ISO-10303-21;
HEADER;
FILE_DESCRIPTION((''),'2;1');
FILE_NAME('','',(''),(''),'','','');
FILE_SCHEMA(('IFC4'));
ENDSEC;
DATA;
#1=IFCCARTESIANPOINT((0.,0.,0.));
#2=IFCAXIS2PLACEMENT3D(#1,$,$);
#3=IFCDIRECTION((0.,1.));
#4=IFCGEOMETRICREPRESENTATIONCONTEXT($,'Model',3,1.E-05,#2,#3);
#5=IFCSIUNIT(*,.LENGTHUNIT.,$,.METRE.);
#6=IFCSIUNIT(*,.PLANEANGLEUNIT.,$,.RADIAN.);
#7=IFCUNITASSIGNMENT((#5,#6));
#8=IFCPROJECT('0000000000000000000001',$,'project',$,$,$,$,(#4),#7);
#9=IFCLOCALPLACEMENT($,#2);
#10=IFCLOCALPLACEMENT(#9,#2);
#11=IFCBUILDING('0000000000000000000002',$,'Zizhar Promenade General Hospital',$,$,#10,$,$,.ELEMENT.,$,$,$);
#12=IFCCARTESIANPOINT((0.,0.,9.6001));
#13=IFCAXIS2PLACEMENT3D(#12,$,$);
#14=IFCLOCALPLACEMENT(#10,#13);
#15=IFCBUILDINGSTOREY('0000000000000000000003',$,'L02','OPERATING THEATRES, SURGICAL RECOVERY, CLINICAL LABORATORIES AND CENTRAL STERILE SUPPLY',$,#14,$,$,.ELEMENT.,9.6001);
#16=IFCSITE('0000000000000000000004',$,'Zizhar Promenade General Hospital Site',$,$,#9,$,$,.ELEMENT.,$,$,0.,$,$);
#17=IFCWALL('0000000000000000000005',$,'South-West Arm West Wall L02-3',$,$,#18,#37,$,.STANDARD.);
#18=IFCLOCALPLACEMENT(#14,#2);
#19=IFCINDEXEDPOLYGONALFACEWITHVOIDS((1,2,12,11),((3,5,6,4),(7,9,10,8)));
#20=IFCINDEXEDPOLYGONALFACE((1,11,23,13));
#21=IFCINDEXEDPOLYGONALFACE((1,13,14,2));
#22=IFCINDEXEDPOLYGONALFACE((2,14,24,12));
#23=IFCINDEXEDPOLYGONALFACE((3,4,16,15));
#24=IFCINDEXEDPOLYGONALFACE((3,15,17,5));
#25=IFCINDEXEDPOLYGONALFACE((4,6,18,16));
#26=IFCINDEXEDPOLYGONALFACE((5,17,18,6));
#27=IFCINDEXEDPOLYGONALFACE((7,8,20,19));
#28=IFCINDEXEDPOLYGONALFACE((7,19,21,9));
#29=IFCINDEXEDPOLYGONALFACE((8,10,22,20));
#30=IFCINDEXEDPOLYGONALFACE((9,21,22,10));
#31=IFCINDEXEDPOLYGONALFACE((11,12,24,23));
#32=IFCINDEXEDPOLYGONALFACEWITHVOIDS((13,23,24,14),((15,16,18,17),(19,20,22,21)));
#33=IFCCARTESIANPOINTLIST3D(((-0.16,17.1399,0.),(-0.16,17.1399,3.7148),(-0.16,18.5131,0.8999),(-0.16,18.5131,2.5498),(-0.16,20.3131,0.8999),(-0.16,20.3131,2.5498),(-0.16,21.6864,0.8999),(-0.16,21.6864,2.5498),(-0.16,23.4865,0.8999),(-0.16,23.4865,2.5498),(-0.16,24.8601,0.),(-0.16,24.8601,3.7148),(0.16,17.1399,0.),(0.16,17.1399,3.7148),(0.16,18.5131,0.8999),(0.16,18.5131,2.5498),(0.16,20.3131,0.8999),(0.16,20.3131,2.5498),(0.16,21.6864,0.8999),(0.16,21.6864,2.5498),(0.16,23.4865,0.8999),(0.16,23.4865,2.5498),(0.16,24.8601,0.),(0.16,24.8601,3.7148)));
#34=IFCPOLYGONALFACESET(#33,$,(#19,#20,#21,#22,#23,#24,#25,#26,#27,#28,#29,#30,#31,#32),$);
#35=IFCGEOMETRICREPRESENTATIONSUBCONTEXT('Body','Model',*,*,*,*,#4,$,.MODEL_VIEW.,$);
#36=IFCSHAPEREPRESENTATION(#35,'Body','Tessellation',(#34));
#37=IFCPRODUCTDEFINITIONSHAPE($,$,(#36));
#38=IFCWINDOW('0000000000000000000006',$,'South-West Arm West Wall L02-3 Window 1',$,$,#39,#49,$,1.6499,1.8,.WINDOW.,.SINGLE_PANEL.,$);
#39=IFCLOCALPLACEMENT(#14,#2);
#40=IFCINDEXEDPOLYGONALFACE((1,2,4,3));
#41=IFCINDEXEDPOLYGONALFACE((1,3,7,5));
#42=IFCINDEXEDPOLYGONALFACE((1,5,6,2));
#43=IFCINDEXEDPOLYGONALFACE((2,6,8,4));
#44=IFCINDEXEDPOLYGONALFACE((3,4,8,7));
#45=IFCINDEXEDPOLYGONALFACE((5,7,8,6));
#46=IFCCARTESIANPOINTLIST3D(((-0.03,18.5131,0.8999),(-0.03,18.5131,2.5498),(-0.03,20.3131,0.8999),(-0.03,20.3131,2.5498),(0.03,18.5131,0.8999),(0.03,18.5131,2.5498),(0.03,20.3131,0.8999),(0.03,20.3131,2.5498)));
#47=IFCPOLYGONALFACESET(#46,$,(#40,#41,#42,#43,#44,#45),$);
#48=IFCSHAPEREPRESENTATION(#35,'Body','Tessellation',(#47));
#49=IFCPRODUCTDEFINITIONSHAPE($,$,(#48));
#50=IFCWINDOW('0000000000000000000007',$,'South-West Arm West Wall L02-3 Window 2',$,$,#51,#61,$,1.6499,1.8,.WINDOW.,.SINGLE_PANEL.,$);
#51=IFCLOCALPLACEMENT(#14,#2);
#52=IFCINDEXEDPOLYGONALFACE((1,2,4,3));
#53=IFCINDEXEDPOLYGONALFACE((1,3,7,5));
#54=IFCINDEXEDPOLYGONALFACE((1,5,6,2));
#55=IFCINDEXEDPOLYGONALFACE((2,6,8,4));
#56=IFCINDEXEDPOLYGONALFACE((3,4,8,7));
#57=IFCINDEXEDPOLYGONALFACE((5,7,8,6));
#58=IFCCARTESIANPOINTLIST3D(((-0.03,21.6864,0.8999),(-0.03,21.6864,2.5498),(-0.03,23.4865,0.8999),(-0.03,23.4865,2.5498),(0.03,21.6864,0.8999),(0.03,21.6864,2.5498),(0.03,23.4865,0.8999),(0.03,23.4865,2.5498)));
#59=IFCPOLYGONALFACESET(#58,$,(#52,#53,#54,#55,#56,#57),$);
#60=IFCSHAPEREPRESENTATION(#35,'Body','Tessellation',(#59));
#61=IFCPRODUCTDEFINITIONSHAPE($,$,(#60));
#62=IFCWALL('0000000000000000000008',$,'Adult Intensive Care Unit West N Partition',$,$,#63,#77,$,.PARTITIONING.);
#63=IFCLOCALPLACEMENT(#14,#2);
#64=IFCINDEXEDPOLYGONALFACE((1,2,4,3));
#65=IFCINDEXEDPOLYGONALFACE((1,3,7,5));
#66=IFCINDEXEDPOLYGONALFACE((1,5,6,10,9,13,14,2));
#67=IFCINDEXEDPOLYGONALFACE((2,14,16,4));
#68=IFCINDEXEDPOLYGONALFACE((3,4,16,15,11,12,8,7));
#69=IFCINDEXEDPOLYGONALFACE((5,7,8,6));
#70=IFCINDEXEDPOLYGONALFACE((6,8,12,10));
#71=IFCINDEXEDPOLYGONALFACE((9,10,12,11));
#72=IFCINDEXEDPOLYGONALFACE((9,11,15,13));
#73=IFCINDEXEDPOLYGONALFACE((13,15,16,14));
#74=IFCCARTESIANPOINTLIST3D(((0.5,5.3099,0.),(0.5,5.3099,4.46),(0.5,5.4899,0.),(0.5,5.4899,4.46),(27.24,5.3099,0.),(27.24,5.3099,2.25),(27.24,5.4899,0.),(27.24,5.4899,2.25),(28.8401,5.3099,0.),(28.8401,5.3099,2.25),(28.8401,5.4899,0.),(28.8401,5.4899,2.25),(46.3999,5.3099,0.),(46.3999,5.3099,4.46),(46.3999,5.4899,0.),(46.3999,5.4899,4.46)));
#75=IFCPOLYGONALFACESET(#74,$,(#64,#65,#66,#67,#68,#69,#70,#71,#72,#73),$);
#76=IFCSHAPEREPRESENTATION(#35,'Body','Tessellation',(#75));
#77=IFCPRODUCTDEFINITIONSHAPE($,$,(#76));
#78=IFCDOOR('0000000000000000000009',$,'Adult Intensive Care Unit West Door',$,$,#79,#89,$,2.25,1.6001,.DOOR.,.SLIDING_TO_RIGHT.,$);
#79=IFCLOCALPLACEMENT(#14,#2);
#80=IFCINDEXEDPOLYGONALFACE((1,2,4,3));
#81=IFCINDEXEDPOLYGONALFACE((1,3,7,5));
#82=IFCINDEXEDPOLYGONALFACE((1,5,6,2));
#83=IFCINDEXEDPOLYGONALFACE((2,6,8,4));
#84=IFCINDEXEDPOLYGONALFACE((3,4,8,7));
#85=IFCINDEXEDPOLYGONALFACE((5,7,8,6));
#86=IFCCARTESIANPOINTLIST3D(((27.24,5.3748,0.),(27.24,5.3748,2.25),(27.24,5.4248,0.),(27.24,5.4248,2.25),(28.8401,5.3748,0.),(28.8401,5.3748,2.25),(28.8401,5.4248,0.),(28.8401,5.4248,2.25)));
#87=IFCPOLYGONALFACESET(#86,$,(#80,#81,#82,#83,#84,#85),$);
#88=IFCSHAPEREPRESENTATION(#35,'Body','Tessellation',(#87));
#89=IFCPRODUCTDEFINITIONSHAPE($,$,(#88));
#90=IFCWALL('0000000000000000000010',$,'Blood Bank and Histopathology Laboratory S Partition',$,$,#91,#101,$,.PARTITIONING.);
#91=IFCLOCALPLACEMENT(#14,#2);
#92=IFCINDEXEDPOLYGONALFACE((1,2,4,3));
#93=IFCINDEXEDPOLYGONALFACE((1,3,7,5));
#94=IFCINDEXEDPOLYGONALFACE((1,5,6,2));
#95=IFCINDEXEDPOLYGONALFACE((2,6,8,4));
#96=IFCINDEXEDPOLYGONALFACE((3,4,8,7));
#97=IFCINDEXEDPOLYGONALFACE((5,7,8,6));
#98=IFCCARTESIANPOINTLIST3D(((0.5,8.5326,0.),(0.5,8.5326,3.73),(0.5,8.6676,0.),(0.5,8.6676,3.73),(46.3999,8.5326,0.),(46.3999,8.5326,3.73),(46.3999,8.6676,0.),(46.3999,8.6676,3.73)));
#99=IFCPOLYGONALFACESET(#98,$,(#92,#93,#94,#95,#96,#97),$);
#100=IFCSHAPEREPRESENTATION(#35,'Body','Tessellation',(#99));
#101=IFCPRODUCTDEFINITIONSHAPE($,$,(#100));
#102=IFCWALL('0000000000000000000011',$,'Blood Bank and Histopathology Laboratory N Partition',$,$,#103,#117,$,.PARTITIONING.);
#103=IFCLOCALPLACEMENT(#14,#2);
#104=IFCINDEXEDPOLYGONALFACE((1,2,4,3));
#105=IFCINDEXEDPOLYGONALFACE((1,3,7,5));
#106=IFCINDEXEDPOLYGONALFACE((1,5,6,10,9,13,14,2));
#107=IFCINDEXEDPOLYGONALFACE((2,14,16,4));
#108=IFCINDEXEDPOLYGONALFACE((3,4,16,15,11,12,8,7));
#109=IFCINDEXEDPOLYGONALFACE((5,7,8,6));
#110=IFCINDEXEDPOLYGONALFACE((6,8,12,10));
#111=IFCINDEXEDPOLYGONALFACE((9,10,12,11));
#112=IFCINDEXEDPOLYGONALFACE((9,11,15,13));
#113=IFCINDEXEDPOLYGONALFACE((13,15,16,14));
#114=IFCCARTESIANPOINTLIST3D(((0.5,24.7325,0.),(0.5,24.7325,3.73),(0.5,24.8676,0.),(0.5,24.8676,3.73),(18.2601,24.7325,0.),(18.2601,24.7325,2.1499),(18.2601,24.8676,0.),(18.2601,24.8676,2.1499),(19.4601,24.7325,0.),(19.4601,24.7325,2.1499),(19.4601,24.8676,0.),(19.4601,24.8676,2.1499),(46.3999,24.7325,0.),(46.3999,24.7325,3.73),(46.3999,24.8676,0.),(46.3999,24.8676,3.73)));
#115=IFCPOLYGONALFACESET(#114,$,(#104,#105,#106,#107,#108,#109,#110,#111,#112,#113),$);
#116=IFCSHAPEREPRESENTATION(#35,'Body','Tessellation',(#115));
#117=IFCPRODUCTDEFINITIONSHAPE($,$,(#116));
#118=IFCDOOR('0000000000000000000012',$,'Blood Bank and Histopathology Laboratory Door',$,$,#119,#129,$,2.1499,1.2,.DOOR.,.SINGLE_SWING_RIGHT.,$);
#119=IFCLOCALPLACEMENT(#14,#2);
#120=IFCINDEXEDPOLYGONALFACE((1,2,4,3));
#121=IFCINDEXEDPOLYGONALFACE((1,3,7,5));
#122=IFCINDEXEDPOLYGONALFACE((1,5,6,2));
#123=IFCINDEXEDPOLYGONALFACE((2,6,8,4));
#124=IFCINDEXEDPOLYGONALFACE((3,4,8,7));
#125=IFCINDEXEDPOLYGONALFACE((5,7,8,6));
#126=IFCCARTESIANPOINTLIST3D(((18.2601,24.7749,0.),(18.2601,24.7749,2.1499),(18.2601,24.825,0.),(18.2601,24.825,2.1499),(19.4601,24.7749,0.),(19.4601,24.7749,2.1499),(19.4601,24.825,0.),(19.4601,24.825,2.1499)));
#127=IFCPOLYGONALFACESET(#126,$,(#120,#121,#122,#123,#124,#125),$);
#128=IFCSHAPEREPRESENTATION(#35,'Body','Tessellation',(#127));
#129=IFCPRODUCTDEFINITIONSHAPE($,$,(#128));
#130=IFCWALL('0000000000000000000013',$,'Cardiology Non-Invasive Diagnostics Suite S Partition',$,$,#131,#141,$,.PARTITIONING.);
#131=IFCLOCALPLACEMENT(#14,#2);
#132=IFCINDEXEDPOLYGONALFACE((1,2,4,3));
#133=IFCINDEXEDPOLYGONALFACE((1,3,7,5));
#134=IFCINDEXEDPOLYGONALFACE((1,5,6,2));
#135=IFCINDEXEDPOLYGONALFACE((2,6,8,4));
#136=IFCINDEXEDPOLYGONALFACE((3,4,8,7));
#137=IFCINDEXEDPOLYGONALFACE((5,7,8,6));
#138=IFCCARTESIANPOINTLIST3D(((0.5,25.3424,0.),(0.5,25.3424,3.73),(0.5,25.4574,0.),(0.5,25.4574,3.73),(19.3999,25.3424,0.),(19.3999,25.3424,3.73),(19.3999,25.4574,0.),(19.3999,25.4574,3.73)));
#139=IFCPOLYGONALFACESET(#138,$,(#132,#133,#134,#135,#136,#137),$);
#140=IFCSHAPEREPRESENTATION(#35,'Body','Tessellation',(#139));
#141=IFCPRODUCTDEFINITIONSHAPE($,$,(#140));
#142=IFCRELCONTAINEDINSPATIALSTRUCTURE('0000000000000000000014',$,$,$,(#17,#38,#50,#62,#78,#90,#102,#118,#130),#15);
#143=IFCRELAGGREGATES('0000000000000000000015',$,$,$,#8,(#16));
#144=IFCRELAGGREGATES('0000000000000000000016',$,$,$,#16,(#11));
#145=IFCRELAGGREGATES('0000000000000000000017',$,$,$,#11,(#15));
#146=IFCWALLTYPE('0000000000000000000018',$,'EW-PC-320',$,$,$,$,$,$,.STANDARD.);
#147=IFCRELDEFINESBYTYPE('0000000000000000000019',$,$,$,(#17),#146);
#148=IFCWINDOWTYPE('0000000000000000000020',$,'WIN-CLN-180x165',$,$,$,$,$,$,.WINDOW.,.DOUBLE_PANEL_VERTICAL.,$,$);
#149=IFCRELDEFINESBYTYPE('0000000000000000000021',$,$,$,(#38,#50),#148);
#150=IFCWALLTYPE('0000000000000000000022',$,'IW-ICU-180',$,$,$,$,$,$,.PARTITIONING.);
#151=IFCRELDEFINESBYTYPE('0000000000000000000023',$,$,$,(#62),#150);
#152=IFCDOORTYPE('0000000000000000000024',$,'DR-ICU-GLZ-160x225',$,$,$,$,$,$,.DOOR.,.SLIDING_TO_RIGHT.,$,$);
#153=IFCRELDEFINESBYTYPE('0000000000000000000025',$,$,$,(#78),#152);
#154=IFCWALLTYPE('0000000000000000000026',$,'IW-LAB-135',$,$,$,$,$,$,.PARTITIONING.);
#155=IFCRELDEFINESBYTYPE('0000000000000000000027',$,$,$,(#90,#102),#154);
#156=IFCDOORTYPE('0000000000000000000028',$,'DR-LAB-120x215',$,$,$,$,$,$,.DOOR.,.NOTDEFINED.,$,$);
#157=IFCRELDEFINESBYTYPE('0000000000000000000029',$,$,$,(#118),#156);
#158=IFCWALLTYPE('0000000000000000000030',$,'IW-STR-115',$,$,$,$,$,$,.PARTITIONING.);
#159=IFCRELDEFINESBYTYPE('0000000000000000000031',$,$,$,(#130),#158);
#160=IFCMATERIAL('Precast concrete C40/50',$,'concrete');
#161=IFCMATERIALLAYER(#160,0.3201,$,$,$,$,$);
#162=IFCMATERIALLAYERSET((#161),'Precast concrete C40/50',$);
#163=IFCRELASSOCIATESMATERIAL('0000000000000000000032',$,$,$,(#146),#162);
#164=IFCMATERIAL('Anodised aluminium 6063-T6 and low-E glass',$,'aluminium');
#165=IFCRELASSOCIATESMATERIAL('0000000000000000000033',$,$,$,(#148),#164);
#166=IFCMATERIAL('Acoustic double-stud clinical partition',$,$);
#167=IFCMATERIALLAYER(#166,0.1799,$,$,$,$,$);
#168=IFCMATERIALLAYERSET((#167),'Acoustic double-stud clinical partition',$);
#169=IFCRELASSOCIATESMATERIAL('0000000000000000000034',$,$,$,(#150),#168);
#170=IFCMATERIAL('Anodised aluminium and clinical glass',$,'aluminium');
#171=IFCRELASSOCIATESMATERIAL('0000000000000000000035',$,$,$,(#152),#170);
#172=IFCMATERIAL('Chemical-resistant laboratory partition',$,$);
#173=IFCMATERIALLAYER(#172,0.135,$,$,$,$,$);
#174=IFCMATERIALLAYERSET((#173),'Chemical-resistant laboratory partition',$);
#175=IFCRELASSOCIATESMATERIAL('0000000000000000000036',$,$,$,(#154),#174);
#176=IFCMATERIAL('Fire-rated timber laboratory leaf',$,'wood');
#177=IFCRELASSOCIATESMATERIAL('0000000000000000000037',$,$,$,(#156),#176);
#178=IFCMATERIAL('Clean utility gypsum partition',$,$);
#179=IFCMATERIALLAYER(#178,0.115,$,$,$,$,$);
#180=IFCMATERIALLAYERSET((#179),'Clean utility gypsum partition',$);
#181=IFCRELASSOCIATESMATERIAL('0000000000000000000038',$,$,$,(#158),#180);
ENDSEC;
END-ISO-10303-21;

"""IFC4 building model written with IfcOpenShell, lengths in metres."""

from ifc_helpers import new_model, si_unit, direction, frame, frame_2d, origin, place, context, subcontext, project, spatial, rectangle, extrude, material, layer, layer_set, type_object, element, fill, save


model = new_model("IFC4")

# Units and contexts
model_context = context("Model", 3, precision=1e-05, world=origin(), true_north=direction((0.0, 1.0)))
body_context = subcontext(model_context, "Body", "Model", "MODEL_VIEW")
ifc_project = project(units=[si_unit("LENGTHUNIT", "METRE"), si_unit("PLANEANGLEUNIT", "RADIAN")], contexts=[model_context])

# Site, building, storey
site_placement = place(None, origin())
site = spatial("IfcSite", under=ifc_project, at=site_placement, Name="Zizhar Promenade General Hospital Site", CompositionType="ELEMENT", RefElevation=0.0)
building_placement = place(site_placement, origin())
building = spatial("IfcBuilding", under=site, at=building_placement, Name="Zizhar Promenade General Hospital", CompositionType="ELEMENT")
storey_placement = place(building_placement, frame((0.0, 0.0, 9.6001)))
storey = spatial("IfcBuildingStorey", under=building, at=storey_placement, Name="L02", Description="OPERATING THEATRES, SURGICAL RECOVERY, CLINICAL LABORATORIES AND CENTRAL STERILE SUPPLY", CompositionType="ELEMENT", Elevation=9.6001)

# Wall, openings, windows
ifc_material_1 = material(Name="Precast concrete C40/50", Category="concrete")
ifc_layer_1 = layer(ifc_material_1, 0.3201)
ifc_layer_set_1 = layer_set([ifc_layer_1], Name="Precast concrete C40/50")
wall_type_1 = type_object("IfcWallType", Name="EW-PC-320", PredefinedType="STANDARD", material=ifc_layer_set_1)
ifc_material_2 = material(Name="Anodised aluminium 6063-T6 and low-E glass", Category="aluminium")
window_type = type_object("IfcWindowType", Name="WIN-CLN-180x165", PartitioningType="DOUBLE_PANEL_VERTICAL", PredefinedType="WINDOW", material=ifc_material_2)
wall_1_placement = place(storey_placement, frame((0.0, 17.1399, 0.0), z_axis=(0.0, 0.0, 1.0), x_axis=(0.0, 1.0, 0.0)))
wall_1 = element("IfcWall", 1, at=wall_1_placement, inside=storey, type_object=wall_type_1, Name="South-West Arm West Wall L02-3", PredefinedType="STANDARD", context=body_context, shape_type="SweptSolid", body=[
    extrude(rectangle(XDim=7.7202, YDim=0.3201, at=frame_2d((3.8601, 0.0))), origin(), (0.0, 0.0, 1.0), 3.7148),
])
opening_1_placement = place(wall_1_placement, frame((1.3733, 0.0, 0.8999)))
opening_1 = element("IfcOpeningElement", 2, at=opening_1_placement, cuts=wall_1, PredefinedType="OPENING", context=body_context, shape_type="SweptSolid", body=[
    extrude(rectangle(XDim=1.8, YDim=1.6499, at=frame_2d((0.8999, 0.825))), frame((0.0, 0.1699, 0.0), z_axis=(0.0, -1.0, 0.0), x_axis=(1.0, 0.0, 0.0)), (0.0, 0.0, 1.0), 0.3401),
])
opening_2_placement = place(wall_1_placement, frame((4.5466, 0.0, 0.8999)))
opening_2 = element("IfcOpeningElement", 3, at=opening_2_placement, cuts=wall_1, PredefinedType="OPENING", context=body_context, shape_type="SweptSolid", body=[
    extrude(rectangle(XDim=1.8, YDim=1.6499, at=frame_2d((0.8999, 0.825))), frame((0.0, 0.1699, 0.0), z_axis=(0.0, -1.0, 0.0), x_axis=(1.0, 0.0, 0.0)), (0.0, 0.0, 1.0), 0.3401),
])
window_1_placement = place(opening_1_placement, origin())
window_1 = element("IfcWindow", 4, at=window_1_placement, inside=storey, type_object=window_type, Name="South-West Arm West Wall L02-3 Window 1", OverallHeight=1.6499, OverallWidth=1.8, PartitioningType="SINGLE_PANEL", PredefinedType="WINDOW", context=body_context, shape_type="SweptSolid", body=[
    extrude(rectangle(XDim=1.8, YDim=1.6499, at=frame_2d((0.8999, 0.825))), frame((0.0, 0.03, 0.0), z_axis=(0.0, -1.0, 0.0), x_axis=(1.0, 0.0, 0.0)), (0.0, 0.0, 1.0), 0.0601),
])
fill(opening_1, window_1)
window_2_placement = place(opening_2_placement, origin())
window_2 = element("IfcWindow", 5, at=window_2_placement, inside=storey, type_object=window_type, Name="South-West Arm West Wall L02-3 Window 2", OverallHeight=1.6499, OverallWidth=1.8, PartitioningType="SINGLE_PANEL", PredefinedType="WINDOW", context=body_context, shape_type="SweptSolid", body=[
    extrude(rectangle(XDim=1.8, YDim=1.6499, at=frame_2d((0.8999, 0.825))), frame((0.0, 0.03, 0.0), z_axis=(0.0, -1.0, 0.0), x_axis=(1.0, 0.0, 0.0)), (0.0, 0.0, 1.0), 0.0601),
])
fill(opening_2, window_2)

# Wall, opening, door
ifc_material_3 = material(Name="Acoustic double-stud clinical partition")
ifc_layer_2 = layer(ifc_material_3, 0.1799)
ifc_layer_set_2 = layer_set([ifc_layer_2], Name="Acoustic double-stud clinical partition")
wall_type_2 = type_object("IfcWallType", Name="IW-ICU-180", PredefinedType="PARTITIONING", material=ifc_layer_set_2)
wall_2_placement = place(storey_placement, frame((0.5, 5.3999, 0.0), z_axis=(0.0, 0.0, 1.0), x_axis=(1.0, 0.0, 0.0)))
wall_2 = element("IfcWall", 6, at=wall_2_placement, inside=storey, type_object=wall_type_2, Name="Adult Intensive Care Unit West N Partition", PredefinedType="PARTITIONING", context=body_context, shape_type="SweptSolid", body=[
    extrude(rectangle(XDim=45.8999, YDim=0.1799, at=frame_2d((22.95, 0.0))), origin(), (0.0, 0.0, 1.0), 4.46),
])
opening_3_placement = place(wall_2_placement, frame((26.74, 0.0, 0.0)))
opening_3 = element("IfcOpeningElement", 7, at=opening_3_placement, cuts=wall_2, PredefinedType="OPENING", context=body_context, shape_type="SweptSolid", body=[
    extrude(rectangle(XDim=1.6001, YDim=2.25, at=frame_2d((0.8, 1.125))), frame((0.0, 0.1001, 0.0), z_axis=(0.0, -1.0, 0.0), x_axis=(1.0, 0.0, 0.0)), (0.0, 0.0, 1.0), 0.2),
])
ifc_material_4 = material(Name="Anodised aluminium and clinical glass", Category="aluminium")
door_type_1 = type_object("IfcDoorType", Name="DR-ICU-GLZ-160x225", OperationType="SLIDING_TO_RIGHT", PredefinedType="DOOR", material=ifc_material_4)
door_1_placement = place(opening_3_placement, origin())
door_1 = element("IfcDoor", 8, at=door_1_placement, inside=storey, type_object=door_type_1, Name="Adult Intensive Care Unit West Door", OperationType="SLIDING_TO_RIGHT", OverallHeight=2.25, OverallWidth=1.6001, PredefinedType="DOOR", context=body_context, shape_type="SweptSolid", body=[
    extrude(rectangle(XDim=1.6001, YDim=2.25, at=frame_2d((0.8, 1.125))), frame((0.0, 0.0249, 0.0), z_axis=(0.0, -1.0, 0.0), x_axis=(1.0, 0.0, 0.0)), (0.0, 0.0, 1.0), 0.05),
])
fill(opening_3, door_1)

# Wall
ifc_material_5 = material(Name="Chemical-resistant laboratory partition")
ifc_layer_3 = layer(ifc_material_5, 0.135)
ifc_layer_set_3 = layer_set([ifc_layer_3], Name="Chemical-resistant laboratory partition")
wall_type_3 = type_object("IfcWallType", Name="IW-LAB-135", PredefinedType="PARTITIONING", material=ifc_layer_set_3)
wall_3_placement = place(storey_placement, frame((0.5, 8.6001, 0.0), z_axis=(0.0, 0.0, 1.0), x_axis=(1.0, 0.0, 0.0)))
element("IfcWall", 9, at=wall_3_placement, inside=storey, type_object=wall_type_3, Name="Blood Bank and Histopathology Laboratory S Partition", PredefinedType="PARTITIONING", context=body_context, shape_type="SweptSolid", body=[
    extrude(rectangle(XDim=45.8999, YDim=0.135, at=frame_2d((22.95, 0.0))), origin(), (0.0, 0.0, 1.0), 3.73),
])

# Wall, opening, door
wall_4_placement = place(storey_placement, frame((0.5, 24.8, 0.0), z_axis=(0.0, 0.0, 1.0), x_axis=(1.0, 0.0, 0.0)))
wall_4 = element("IfcWall", 10, at=wall_4_placement, inside=storey, type_object=wall_type_3, Name="Blood Bank and Histopathology Laboratory N Partition", PredefinedType="PARTITIONING", context=body_context, shape_type="SweptSolid", body=[
    extrude(rectangle(XDim=45.8999, YDim=0.135, at=frame_2d((22.95, 0.0))), origin(), (0.0, 0.0, 1.0), 3.73),
])
opening_4_placement = place(wall_4_placement, frame((17.76, 0.0, 0.0)))
opening_4 = element("IfcOpeningElement", 11, at=opening_4_placement, cuts=wall_4, PredefinedType="OPENING", context=body_context, shape_type="SweptSolid", body=[
    extrude(rectangle(XDim=1.2, YDim=2.1499, at=frame_2d((0.6001, 1.075))), frame((0.0, 0.0776, 0.0), z_axis=(0.0, -1.0, 0.0), x_axis=(1.0, 0.0, 0.0)), (0.0, 0.0, 1.0), 0.155),
])
ifc_material_6 = material(Name="Fire-rated timber laboratory leaf", Category="wood")
door_type_2 = type_object("IfcDoorType", Name="DR-LAB-120x215", OperationType="NOTDEFINED", PredefinedType="DOOR", material=ifc_material_6)
door_2_placement = place(opening_4_placement, origin())
door_2 = element("IfcDoor", 12, at=door_2_placement, inside=storey, type_object=door_type_2, Name="Blood Bank and Histopathology Laboratory Door", OperationType="SINGLE_SWING_RIGHT", OverallHeight=2.1499, OverallWidth=1.2, PredefinedType="DOOR", context=body_context, shape_type="SweptSolid", body=[
    extrude(rectangle(XDim=1.2, YDim=2.1499, at=frame_2d((0.6001, 1.075))), frame((0.0, 0.0249, 0.0), z_axis=(0.0, -1.0, 0.0), x_axis=(1.0, 0.0, 0.0)), (0.0, 0.0, 1.0), 0.05),
])
fill(opening_4, door_2)

# Wall
ifc_material_7 = material(Name="Clean utility gypsum partition")
ifc_layer_4 = layer(ifc_material_7, 0.115)
ifc_layer_set_4 = layer_set([ifc_layer_4], Name="Clean utility gypsum partition")
wall_type_4 = type_object("IfcWallType", Name="IW-STR-115", PredefinedType="PARTITIONING", material=ifc_layer_set_4)
wall_5_placement = place(storey_placement, frame((0.5, 25.3999, 0.0), z_axis=(0.0, 0.0, 1.0), x_axis=(1.0, 0.0, 0.0)))
element("IfcWall", 13, at=wall_5_placement, inside=storey, type_object=wall_type_4, Name="Cardiology Non-Invasive Diagnostics Suite S Partition", PredefinedType="PARTITIONING", context=body_context, shape_type="SweptSolid", body=[
    extrude(rectangle(XDim=18.8999, YDim=0.115, at=frame_2d((9.45, 0.0))), origin(), (0.0, 0.0, 1.0), 3.73),
])

save(model, "model.ifc")
